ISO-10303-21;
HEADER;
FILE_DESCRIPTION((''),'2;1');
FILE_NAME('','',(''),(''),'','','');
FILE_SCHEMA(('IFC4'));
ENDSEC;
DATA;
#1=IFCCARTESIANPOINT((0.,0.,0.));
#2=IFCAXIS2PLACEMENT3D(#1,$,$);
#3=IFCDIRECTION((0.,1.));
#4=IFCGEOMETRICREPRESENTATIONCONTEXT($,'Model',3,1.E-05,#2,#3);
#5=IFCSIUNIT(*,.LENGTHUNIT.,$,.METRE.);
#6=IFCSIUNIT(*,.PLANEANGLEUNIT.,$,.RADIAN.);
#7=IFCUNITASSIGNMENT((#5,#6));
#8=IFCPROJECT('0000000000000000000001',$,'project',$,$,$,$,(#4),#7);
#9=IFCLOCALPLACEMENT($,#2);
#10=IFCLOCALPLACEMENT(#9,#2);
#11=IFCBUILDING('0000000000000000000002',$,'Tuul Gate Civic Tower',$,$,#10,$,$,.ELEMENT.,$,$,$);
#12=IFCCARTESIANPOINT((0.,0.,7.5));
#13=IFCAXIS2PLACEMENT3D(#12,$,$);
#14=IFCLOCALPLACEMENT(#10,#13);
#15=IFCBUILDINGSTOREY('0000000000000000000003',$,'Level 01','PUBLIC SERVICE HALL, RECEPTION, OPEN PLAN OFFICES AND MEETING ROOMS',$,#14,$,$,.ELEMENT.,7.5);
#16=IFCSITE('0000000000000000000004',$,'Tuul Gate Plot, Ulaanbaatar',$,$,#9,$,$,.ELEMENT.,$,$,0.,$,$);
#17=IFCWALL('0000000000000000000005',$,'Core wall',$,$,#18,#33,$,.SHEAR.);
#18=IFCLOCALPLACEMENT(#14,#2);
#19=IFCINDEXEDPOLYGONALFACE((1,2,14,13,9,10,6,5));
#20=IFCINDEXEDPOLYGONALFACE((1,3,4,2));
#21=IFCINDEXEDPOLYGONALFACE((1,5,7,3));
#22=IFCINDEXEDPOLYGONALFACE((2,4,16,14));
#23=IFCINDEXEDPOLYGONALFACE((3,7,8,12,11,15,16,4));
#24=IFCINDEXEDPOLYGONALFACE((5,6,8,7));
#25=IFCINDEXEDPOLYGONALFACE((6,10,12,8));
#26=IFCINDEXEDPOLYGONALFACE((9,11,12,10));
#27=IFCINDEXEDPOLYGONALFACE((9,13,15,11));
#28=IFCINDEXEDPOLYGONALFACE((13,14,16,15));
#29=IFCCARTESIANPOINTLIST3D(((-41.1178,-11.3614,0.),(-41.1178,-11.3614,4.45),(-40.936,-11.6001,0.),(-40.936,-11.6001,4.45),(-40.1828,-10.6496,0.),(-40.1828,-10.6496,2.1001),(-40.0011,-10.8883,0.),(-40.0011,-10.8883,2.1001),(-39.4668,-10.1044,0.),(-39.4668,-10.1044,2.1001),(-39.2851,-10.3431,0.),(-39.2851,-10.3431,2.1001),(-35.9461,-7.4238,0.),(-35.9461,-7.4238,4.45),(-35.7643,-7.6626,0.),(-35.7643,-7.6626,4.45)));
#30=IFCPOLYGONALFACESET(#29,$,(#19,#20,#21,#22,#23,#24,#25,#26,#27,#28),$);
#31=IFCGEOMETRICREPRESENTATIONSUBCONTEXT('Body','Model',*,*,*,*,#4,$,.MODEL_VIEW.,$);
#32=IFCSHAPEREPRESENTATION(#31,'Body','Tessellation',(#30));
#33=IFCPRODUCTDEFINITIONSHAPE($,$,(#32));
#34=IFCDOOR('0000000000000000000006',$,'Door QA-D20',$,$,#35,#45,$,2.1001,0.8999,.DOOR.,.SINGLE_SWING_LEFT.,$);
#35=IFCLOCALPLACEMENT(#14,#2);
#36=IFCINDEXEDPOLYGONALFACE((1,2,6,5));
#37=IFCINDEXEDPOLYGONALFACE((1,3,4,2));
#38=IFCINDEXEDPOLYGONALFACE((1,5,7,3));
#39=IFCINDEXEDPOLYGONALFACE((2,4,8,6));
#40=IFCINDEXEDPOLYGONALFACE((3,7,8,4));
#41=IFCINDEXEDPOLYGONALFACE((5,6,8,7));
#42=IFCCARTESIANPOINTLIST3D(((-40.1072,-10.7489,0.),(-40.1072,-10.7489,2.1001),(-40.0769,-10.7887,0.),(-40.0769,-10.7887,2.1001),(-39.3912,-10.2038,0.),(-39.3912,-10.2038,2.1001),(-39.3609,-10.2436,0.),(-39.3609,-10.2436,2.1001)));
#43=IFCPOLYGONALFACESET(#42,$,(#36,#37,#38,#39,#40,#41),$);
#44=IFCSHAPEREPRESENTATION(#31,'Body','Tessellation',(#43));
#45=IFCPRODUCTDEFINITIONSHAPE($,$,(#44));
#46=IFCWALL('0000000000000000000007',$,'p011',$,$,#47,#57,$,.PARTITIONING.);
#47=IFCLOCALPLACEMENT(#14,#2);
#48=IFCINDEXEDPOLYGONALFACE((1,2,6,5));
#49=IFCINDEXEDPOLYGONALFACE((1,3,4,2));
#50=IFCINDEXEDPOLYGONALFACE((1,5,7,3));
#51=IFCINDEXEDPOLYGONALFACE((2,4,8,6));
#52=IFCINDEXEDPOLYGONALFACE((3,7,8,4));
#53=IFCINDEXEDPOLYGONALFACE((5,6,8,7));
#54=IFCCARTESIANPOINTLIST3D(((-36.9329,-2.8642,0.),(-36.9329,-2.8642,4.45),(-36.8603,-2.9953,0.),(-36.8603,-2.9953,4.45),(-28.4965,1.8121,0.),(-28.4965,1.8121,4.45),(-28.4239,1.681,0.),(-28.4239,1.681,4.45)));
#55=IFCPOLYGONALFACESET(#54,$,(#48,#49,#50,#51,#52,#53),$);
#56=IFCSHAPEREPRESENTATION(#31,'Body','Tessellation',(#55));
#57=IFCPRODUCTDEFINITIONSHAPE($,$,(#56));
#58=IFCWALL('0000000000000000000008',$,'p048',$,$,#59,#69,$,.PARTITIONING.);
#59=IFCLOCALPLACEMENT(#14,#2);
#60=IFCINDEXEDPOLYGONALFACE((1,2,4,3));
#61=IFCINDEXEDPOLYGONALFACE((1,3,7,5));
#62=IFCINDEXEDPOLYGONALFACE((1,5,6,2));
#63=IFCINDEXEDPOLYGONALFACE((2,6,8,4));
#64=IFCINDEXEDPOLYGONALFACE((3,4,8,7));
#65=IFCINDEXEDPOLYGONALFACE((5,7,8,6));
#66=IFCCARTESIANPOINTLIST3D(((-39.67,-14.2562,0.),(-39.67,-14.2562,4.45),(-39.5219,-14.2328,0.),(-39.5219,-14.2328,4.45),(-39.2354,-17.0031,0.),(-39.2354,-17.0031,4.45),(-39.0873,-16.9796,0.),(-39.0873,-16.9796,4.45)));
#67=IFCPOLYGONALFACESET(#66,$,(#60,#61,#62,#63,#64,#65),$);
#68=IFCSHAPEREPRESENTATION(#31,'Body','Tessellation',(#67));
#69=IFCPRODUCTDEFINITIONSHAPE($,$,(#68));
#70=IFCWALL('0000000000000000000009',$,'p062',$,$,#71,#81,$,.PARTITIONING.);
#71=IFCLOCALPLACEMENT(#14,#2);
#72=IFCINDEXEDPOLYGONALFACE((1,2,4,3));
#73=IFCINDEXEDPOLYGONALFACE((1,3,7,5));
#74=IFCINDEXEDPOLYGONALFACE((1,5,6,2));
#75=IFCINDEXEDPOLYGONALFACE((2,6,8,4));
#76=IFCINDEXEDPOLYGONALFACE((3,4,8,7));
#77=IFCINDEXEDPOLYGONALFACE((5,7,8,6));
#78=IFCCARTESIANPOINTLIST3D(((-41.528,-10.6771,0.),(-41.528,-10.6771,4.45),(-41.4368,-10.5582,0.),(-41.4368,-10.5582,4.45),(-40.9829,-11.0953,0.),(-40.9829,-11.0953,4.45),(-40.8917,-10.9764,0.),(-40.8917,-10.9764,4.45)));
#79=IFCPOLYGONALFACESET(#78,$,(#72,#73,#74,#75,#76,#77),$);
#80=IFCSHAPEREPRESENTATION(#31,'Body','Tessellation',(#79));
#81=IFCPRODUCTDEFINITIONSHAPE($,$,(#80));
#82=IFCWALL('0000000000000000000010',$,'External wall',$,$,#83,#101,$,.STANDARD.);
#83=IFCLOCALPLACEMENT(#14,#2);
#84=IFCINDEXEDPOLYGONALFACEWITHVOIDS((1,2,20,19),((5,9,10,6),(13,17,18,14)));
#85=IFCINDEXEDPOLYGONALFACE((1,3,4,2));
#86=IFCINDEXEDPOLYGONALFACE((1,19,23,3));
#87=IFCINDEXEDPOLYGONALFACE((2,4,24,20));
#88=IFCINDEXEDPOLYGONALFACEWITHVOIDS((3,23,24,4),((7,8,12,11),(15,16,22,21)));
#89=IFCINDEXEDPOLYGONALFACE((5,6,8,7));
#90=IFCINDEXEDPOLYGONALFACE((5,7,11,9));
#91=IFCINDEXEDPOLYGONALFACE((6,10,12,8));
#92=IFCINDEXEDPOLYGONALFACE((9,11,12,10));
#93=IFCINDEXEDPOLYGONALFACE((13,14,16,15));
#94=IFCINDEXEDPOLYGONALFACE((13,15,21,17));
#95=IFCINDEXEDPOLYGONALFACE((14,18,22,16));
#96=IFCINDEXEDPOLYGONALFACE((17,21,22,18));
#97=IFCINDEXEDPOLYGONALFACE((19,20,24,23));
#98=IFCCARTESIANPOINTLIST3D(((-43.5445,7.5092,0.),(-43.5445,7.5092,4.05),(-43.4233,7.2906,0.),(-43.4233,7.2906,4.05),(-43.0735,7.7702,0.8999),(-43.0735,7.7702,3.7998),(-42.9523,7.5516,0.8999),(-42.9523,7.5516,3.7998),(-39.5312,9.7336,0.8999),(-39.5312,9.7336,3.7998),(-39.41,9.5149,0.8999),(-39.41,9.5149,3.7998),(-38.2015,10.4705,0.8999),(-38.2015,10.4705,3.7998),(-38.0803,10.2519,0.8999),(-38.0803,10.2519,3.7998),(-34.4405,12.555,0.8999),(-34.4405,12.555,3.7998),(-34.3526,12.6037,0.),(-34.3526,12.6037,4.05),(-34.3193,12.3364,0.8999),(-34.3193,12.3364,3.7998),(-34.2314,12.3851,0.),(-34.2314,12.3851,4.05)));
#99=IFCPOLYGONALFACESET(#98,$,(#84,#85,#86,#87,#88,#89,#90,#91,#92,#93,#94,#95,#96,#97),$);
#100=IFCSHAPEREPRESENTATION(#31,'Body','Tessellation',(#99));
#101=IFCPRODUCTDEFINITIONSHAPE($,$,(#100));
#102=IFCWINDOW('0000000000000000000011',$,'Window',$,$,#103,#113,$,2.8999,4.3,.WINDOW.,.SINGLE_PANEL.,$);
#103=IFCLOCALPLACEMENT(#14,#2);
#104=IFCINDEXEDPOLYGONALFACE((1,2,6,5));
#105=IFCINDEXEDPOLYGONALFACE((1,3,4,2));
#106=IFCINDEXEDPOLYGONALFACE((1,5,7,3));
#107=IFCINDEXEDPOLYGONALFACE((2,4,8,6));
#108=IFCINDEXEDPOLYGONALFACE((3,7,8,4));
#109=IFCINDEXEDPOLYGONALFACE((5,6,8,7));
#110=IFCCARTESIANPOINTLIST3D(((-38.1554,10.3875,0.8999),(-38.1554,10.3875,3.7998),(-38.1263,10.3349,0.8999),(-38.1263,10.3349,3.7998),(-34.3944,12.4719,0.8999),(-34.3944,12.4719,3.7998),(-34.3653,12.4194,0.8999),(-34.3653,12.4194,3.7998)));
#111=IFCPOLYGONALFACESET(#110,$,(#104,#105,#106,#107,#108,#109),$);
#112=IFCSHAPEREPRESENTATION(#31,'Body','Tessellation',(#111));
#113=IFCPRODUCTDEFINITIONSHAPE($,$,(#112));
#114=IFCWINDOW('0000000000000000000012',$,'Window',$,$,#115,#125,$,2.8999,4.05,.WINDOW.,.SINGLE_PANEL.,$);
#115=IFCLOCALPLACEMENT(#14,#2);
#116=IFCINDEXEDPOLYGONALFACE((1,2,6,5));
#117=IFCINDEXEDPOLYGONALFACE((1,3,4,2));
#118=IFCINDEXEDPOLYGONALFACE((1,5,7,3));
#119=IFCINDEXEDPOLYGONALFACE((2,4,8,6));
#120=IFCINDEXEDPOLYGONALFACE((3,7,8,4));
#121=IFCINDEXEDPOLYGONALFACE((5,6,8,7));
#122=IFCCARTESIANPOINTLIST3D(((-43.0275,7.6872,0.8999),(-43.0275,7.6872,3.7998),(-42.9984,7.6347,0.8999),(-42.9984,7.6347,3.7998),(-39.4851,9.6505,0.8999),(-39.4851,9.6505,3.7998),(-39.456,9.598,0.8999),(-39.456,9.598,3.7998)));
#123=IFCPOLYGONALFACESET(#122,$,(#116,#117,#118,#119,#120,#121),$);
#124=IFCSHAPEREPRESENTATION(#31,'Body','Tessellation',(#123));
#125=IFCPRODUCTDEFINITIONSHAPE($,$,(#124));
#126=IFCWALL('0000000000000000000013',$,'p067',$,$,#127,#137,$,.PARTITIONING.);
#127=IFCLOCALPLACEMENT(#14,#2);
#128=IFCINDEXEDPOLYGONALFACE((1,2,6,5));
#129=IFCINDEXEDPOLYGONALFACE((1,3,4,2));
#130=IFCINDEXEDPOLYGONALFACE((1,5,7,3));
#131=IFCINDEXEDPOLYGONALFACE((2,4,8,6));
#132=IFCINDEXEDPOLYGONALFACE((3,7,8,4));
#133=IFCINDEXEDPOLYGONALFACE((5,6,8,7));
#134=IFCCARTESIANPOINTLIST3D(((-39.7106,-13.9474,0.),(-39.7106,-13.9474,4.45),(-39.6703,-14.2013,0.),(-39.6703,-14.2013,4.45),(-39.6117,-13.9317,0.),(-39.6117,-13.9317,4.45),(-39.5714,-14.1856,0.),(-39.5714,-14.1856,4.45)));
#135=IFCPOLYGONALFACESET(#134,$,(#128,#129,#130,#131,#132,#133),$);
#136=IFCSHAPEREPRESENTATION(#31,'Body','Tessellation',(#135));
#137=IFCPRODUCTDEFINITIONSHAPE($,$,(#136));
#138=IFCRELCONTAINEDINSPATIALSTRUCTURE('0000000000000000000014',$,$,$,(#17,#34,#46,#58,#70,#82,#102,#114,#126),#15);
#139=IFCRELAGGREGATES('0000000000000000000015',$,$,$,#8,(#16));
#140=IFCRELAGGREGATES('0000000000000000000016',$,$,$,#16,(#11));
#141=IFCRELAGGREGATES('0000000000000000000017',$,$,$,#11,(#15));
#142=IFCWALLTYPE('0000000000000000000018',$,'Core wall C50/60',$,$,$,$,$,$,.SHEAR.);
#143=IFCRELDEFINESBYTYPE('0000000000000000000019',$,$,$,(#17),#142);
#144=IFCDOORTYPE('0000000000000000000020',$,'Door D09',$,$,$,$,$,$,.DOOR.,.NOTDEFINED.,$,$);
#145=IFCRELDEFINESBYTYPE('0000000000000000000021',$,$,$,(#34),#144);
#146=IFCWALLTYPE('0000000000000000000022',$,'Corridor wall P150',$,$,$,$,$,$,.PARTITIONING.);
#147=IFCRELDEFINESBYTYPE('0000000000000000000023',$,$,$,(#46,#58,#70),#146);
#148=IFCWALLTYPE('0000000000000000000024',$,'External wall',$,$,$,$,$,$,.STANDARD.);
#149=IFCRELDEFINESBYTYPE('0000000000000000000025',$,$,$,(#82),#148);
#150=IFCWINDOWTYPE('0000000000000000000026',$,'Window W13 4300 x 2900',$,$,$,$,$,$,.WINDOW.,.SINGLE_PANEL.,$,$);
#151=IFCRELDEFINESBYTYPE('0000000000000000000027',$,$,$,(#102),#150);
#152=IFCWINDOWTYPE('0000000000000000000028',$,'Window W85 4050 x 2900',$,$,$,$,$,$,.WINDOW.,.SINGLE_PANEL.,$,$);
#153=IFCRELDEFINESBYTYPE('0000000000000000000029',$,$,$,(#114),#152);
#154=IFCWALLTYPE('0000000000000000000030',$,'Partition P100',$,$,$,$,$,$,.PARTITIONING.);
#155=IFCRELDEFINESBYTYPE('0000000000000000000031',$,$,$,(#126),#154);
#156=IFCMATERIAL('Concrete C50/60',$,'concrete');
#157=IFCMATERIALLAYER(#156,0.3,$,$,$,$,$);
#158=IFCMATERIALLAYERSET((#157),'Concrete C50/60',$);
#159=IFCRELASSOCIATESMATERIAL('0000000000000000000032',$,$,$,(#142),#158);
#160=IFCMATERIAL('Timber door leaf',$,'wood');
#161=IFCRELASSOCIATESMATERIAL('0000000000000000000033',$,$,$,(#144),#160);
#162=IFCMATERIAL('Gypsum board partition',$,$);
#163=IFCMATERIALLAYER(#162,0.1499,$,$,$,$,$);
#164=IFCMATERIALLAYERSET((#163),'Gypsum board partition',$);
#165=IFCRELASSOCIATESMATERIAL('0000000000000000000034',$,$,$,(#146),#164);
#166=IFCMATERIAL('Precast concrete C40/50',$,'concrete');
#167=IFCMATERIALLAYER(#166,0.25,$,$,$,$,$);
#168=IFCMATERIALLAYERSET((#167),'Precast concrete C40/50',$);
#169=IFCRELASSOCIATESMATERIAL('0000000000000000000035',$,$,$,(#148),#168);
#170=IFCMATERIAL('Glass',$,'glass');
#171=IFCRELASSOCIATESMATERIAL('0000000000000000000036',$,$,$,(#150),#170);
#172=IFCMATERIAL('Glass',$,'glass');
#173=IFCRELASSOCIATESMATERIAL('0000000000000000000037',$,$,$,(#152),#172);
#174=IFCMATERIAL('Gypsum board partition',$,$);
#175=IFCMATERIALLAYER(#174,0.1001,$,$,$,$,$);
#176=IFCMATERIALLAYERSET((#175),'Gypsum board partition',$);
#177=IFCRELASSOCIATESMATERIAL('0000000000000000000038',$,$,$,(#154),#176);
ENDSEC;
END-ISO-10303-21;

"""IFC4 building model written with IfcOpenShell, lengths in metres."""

from ifc_helpers import new_model, si_unit, direction, frame, frame_2d, origin, place, context, subcontext, project, spatial, rectangle, extrude, material, layer, layer_set, type_object, element, fill, save


model = new_model("IFC4")

# Units and contexts
model_context = context("Model", 3, precision=1e-05, world=origin(), true_north=direction((0.0, 1.0)))
body_context = subcontext(model_context, "Body", "Model", "MODEL_VIEW")
ifc_project = project(units=[si_unit("LENGTHUNIT", "METRE"), si_unit("PLANEANGLEUNIT", "RADIAN")], contexts=[model_context])

# Site, building, storey
site_placement = place(None, origin())
site = spatial("IfcSite", under=ifc_project, at=site_placement, Name="Tuul Gate Plot, Ulaanbaatar", CompositionType="ELEMENT", RefElevation=0.0)
building_placement = place(site_placement, origin())
building = spatial("IfcBuilding", under=site, at=building_placement, Name="Tuul Gate Civic Tower", CompositionType="ELEMENT")
storey_placement = place(building_placement, frame((0.0, 0.0, 7.5)))
storey = spatial("IfcBuildingStorey", under=building, at=storey_placement, Name="Level 01", Description="PUBLIC SERVICE HALL, RECEPTION, OPEN PLAN OFFICES AND MEETING ROOMS", CompositionType="ELEMENT", Elevation=7.5)

# Shared definitions
ifc_material_1 = material(Name="Concrete C50/60", Category="concrete")
ifc_layer_1 = layer(ifc_material_1, 0.3)
ifc_layer_set_1 = layer_set([ifc_layer_1], Name="Concrete C50/60")
wall_type_1 = type_object("IfcWallType", Name="Core wall C50/60", PredefinedType="SHEAR", material=ifc_layer_set_1)

# Wall, opening, door
wall_1_placement = place(storey_placement, frame((-35.8552, -7.5432, 0.0), z_axis=(0.0, 0.0, 1.0), x_axis=(-0.795639, -0.605772, 0.0)))
wall_1 = element("IfcWall", 1, at=wall_1_placement, inside=storey, type_object=wall_type_1, Name="Core wall", PredefinedType="SHEAR", context=body_context, shape_type="SweptSolid", body=[
    extrude(rectangle(XDim=6.5, YDim=0.3, at=frame_2d((3.25, 0.0))), origin(), (0.0, 0.0, 1.0), 4.45),
])
opening_1_placement = place(wall_1_placement, frame((4.425, 0.0, 0.0)))
opening_1 = element("IfcOpeningElement", 2, at=opening_1_placement, cuts=wall_1, PredefinedType="OPENING", context=body_context, shape_type="SweptSolid", body=[
    extrude(rectangle(XDim=0.8999, YDim=2.1001, at=frame_2d((0.45, 1.05))), frame((0.0, 0.1602, 0.0), z_axis=(0.0, -1.0, 0.0), x_axis=(1.0, 0.0, 0.0)), (0.0, 0.0, 1.0), 0.3201),
])
ifc_material_2 = material(Name="Timber door leaf", Category="wood")
door_type_1 = type_object("IfcDoorType", Name="Door D09", OperationType="NOTDEFINED", PredefinedType="DOOR", material=ifc_material_2)
door_1_placement = place(opening_1_placement, origin())
door_1 = element("IfcDoor", 3, at=door_1_placement, inside=storey, type_object=door_type_1, Name="Door QA-D20", OperationType="SINGLE_SWING_LEFT", OverallHeight=2.1001, OverallWidth=0.8999, PredefinedType="DOOR", context=body_context, shape_type="SweptSolid", body=[
    extrude(rectangle(XDim=0.8999, YDim=2.1001, at=frame_2d((0.45, 1.05))), frame((0.0, 0.0249, 0.0), z_axis=(0.0, -1.0, 0.0), x_axis=(1.0, 0.0, 0.0)), (0.0, 0.0, 1.0), 0.05),
])
fill(opening_1, door_1)

# Walls
ifc_material_3 = material(Name="Gypsum board partition")
ifc_layer_2 = layer(ifc_material_3, 0.1499)
ifc_layer_set_2 = layer_set([ifc_layer_2], Name="Gypsum board partition")
wall_type_2 = type_object("IfcWallType", Name="Corridor wall P150", PredefinedType="PARTITIONING", material=ifc_layer_set_2)
wall_2_placement = place(storey_placement, frame((-36.8965, -2.9297, 0.0), z_axis=(0.0, 0.0, 1.0), x_axis=(0.874621, 0.484807, 0.0)))
element("IfcWall", 4, at=wall_2_placement, inside=storey, type_object=wall_type_2, Name="p011", PredefinedType="PARTITIONING", context=body_context, shape_type="SweptSolid", body=[
    extrude(rectangle(XDim=9.6458, YDim=0.1499, at=frame_2d((4.8228, 0.0))), origin(), (0.0, 0.0, 1.0), 4.45),
])
wall_3_placement = place(storey_placement, frame((-39.5959, -14.2444, 0.0), z_axis=(0.0, 0.0, 1.0), x_axis=(0.156265, -0.987715, 0.0)))
element("IfcWall", 5, at=wall_3_placement, inside=storey, type_object=wall_type_2, Name="p048", PredefinedType="PARTITIONING", context=body_context, shape_type="SweptSolid", body=[
    extrude(rectangle(XDim=2.781, YDim=0.1499, at=frame_2d((1.3906, 0.0))), origin(), (0.0, 0.0, 1.0), 4.45),
])
wall_4_placement = place(storey_placement, frame((-41.4824, -10.6177, 0.0), z_axis=(0.0, 0.0, 1.0), x_axis=(0.793429, -0.608663, 0.0)))
element("IfcWall", 6, at=wall_4_placement, inside=storey, type_object=wall_type_2, Name="p062", PredefinedType="PARTITIONING", context=body_context, shape_type="SweptSolid", body=[
    extrude(rectangle(XDim=0.687, YDim=0.1499, at=frame_2d((0.3435, 0.0))), origin(), (0.0, 0.0, 1.0), 4.45),
])

# Wall, openings, windows
ifc_material_4 = material(Name="Precast concrete C40/50", Category="concrete")
ifc_layer_3 = layer(ifc_material_4, 0.25)
ifc_layer_set_3 = layer_set([ifc_layer_3], Name="Precast concrete C40/50")
wall_type_3 = type_object("IfcWallType", Name="External wall", PredefinedType="STANDARD", material=ifc_layer_set_3)
wall_5_placement = place(storey_placement, frame((-34.292, 12.4944, 0.0), z_axis=(0.0, 0.0, 1.0), x_axis=(-0.874647, -0.484761, 0.0)))
wall_5 = element("IfcWall", 7, at=wall_5_placement, inside=storey, type_object=wall_type_3, Name="External wall", PredefinedType="STANDARD", context=body_context, shape_type="SweptSolid", body=[
    extrude(rectangle(XDim=10.5093, YDim=0.25, at=frame_2d((5.2546, 0.0))), origin(), (0.0, 0.0, 1.0), 4.05),
])
opening_2_placement = place(wall_5_placement, frame((0.1006, 0.0, 0.8999)))
opening_2 = element("IfcOpeningElement", 8, at=opening_2_placement, cuts=wall_5, PredefinedType="OPENING", context=body_context, shape_type="SweptSolid", body=[
    extrude(rectangle(XDim=4.3, YDim=2.8999, at=frame_2d((2.1499, 1.45))), frame((0.0, 0.135, 0.0), z_axis=(0.0, -1.0, 0.0), x_axis=(1.0, 0.0, 0.0)), (0.0, 0.0, 1.0), 0.27),
])
opening_3_placement = place(wall_5_placement, frame((5.9209, 0.0, 0.8999)))
opening_3 = element("IfcOpeningElement", 9, at=opening_3_placement, cuts=wall_5, PredefinedType="OPENING", context=body_context, shape_type="SweptSolid", body=[
    extrude(rectangle(XDim=4.05, YDim=2.8999, at=frame_2d((2.0249, 1.45))), frame((0.0, 0.135, 0.0), z_axis=(0.0, -1.0, 0.0), x_axis=(1.0, 0.0, 0.0)), (0.0, 0.0, 1.0), 0.27),
])
ifc_material_5 = material(Name="Glass", Category="glass")
window_type_1 = type_object("IfcWindowType", Name="Window W13 4300 x 2900", PartitioningType="SINGLE_PANEL", PredefinedType="WINDOW", material=ifc_material_5)
window_1_placement = place(opening_2_placement, origin())
window_1 = element("IfcWindow", 10, at=window_1_placement, inside=storey, type_object=window_type_1, Name="Window", OverallHeight=2.8999, OverallWidth=4.3, PartitioningType="SINGLE_PANEL", PredefinedType="WINDOW", context=body_context, shape_type="SweptSolid", body=[
    extrude(rectangle(XDim=4.3, YDim=2.8999, at=frame_2d((2.1499, 1.45))), frame((0.0, 0.03, 0.0), z_axis=(0.0, -1.0, 0.0), x_axis=(1.0, 0.0, 0.0)), (0.0, 0.0, 1.0), 0.0601),
])
fill(opening_2, window_1)
ifc_material_6 = material(Name="Glass", Category="glass")
window_type_2 = type_object("IfcWindowType", Name="Window W85 4050 x 2900", PartitioningType="SINGLE_PANEL", PredefinedType="WINDOW", material=ifc_material_6)
window_2_placement = place(opening_3_placement, origin())
window_2 = element("IfcWindow", 11, at=window_2_placement, inside=storey, type_object=window_type_2, Name="Window", OverallHeight=2.8999, OverallWidth=4.05, PartitioningType="SINGLE_PANEL", PredefinedType="WINDOW", context=body_context, shape_type="SweptSolid", body=[
    extrude(rectangle(XDim=4.05, YDim=2.8999, at=frame_2d((2.0249, 1.45))), frame((0.0, 0.03, 0.0), z_axis=(0.0, -1.0, 0.0), x_axis=(1.0, 0.0, 0.0)), (0.0, 0.0, 1.0), 0.0601),
])
fill(opening_3, window_2)

# Wall
ifc_material_7 = material(Name="Gypsum board partition")
ifc_layer_4 = layer(ifc_material_7, 0.1001)
ifc_layer_set_4 = layer_set([ifc_layer_4], Name="Gypsum board partition")
wall_type_4 = type_object("IfcWallType", Name="Partition P100", PredefinedType="PARTITIONING", material=ifc_layer_set_4)
wall_6_placement = place(storey_placement, frame((-39.6611, -13.9397, 0.0), z_axis=(0.0, 0.0, 1.0), x_axis=(0.156694, -0.987647, 0.0)))
element("IfcWall", 12, at=wall_6_placement, inside=storey, type_object=wall_type_4, Name="p067", PredefinedType="PARTITIONING", context=body_context, shape_type="SweptSolid", body=[
    extrude(rectangle(XDim=0.2571, YDim=0.1001, at=frame_2d((0.1284, 0.0))), origin(), (0.0, 0.0, 1.0), 4.45),
])

save(model, "model.ifc")
